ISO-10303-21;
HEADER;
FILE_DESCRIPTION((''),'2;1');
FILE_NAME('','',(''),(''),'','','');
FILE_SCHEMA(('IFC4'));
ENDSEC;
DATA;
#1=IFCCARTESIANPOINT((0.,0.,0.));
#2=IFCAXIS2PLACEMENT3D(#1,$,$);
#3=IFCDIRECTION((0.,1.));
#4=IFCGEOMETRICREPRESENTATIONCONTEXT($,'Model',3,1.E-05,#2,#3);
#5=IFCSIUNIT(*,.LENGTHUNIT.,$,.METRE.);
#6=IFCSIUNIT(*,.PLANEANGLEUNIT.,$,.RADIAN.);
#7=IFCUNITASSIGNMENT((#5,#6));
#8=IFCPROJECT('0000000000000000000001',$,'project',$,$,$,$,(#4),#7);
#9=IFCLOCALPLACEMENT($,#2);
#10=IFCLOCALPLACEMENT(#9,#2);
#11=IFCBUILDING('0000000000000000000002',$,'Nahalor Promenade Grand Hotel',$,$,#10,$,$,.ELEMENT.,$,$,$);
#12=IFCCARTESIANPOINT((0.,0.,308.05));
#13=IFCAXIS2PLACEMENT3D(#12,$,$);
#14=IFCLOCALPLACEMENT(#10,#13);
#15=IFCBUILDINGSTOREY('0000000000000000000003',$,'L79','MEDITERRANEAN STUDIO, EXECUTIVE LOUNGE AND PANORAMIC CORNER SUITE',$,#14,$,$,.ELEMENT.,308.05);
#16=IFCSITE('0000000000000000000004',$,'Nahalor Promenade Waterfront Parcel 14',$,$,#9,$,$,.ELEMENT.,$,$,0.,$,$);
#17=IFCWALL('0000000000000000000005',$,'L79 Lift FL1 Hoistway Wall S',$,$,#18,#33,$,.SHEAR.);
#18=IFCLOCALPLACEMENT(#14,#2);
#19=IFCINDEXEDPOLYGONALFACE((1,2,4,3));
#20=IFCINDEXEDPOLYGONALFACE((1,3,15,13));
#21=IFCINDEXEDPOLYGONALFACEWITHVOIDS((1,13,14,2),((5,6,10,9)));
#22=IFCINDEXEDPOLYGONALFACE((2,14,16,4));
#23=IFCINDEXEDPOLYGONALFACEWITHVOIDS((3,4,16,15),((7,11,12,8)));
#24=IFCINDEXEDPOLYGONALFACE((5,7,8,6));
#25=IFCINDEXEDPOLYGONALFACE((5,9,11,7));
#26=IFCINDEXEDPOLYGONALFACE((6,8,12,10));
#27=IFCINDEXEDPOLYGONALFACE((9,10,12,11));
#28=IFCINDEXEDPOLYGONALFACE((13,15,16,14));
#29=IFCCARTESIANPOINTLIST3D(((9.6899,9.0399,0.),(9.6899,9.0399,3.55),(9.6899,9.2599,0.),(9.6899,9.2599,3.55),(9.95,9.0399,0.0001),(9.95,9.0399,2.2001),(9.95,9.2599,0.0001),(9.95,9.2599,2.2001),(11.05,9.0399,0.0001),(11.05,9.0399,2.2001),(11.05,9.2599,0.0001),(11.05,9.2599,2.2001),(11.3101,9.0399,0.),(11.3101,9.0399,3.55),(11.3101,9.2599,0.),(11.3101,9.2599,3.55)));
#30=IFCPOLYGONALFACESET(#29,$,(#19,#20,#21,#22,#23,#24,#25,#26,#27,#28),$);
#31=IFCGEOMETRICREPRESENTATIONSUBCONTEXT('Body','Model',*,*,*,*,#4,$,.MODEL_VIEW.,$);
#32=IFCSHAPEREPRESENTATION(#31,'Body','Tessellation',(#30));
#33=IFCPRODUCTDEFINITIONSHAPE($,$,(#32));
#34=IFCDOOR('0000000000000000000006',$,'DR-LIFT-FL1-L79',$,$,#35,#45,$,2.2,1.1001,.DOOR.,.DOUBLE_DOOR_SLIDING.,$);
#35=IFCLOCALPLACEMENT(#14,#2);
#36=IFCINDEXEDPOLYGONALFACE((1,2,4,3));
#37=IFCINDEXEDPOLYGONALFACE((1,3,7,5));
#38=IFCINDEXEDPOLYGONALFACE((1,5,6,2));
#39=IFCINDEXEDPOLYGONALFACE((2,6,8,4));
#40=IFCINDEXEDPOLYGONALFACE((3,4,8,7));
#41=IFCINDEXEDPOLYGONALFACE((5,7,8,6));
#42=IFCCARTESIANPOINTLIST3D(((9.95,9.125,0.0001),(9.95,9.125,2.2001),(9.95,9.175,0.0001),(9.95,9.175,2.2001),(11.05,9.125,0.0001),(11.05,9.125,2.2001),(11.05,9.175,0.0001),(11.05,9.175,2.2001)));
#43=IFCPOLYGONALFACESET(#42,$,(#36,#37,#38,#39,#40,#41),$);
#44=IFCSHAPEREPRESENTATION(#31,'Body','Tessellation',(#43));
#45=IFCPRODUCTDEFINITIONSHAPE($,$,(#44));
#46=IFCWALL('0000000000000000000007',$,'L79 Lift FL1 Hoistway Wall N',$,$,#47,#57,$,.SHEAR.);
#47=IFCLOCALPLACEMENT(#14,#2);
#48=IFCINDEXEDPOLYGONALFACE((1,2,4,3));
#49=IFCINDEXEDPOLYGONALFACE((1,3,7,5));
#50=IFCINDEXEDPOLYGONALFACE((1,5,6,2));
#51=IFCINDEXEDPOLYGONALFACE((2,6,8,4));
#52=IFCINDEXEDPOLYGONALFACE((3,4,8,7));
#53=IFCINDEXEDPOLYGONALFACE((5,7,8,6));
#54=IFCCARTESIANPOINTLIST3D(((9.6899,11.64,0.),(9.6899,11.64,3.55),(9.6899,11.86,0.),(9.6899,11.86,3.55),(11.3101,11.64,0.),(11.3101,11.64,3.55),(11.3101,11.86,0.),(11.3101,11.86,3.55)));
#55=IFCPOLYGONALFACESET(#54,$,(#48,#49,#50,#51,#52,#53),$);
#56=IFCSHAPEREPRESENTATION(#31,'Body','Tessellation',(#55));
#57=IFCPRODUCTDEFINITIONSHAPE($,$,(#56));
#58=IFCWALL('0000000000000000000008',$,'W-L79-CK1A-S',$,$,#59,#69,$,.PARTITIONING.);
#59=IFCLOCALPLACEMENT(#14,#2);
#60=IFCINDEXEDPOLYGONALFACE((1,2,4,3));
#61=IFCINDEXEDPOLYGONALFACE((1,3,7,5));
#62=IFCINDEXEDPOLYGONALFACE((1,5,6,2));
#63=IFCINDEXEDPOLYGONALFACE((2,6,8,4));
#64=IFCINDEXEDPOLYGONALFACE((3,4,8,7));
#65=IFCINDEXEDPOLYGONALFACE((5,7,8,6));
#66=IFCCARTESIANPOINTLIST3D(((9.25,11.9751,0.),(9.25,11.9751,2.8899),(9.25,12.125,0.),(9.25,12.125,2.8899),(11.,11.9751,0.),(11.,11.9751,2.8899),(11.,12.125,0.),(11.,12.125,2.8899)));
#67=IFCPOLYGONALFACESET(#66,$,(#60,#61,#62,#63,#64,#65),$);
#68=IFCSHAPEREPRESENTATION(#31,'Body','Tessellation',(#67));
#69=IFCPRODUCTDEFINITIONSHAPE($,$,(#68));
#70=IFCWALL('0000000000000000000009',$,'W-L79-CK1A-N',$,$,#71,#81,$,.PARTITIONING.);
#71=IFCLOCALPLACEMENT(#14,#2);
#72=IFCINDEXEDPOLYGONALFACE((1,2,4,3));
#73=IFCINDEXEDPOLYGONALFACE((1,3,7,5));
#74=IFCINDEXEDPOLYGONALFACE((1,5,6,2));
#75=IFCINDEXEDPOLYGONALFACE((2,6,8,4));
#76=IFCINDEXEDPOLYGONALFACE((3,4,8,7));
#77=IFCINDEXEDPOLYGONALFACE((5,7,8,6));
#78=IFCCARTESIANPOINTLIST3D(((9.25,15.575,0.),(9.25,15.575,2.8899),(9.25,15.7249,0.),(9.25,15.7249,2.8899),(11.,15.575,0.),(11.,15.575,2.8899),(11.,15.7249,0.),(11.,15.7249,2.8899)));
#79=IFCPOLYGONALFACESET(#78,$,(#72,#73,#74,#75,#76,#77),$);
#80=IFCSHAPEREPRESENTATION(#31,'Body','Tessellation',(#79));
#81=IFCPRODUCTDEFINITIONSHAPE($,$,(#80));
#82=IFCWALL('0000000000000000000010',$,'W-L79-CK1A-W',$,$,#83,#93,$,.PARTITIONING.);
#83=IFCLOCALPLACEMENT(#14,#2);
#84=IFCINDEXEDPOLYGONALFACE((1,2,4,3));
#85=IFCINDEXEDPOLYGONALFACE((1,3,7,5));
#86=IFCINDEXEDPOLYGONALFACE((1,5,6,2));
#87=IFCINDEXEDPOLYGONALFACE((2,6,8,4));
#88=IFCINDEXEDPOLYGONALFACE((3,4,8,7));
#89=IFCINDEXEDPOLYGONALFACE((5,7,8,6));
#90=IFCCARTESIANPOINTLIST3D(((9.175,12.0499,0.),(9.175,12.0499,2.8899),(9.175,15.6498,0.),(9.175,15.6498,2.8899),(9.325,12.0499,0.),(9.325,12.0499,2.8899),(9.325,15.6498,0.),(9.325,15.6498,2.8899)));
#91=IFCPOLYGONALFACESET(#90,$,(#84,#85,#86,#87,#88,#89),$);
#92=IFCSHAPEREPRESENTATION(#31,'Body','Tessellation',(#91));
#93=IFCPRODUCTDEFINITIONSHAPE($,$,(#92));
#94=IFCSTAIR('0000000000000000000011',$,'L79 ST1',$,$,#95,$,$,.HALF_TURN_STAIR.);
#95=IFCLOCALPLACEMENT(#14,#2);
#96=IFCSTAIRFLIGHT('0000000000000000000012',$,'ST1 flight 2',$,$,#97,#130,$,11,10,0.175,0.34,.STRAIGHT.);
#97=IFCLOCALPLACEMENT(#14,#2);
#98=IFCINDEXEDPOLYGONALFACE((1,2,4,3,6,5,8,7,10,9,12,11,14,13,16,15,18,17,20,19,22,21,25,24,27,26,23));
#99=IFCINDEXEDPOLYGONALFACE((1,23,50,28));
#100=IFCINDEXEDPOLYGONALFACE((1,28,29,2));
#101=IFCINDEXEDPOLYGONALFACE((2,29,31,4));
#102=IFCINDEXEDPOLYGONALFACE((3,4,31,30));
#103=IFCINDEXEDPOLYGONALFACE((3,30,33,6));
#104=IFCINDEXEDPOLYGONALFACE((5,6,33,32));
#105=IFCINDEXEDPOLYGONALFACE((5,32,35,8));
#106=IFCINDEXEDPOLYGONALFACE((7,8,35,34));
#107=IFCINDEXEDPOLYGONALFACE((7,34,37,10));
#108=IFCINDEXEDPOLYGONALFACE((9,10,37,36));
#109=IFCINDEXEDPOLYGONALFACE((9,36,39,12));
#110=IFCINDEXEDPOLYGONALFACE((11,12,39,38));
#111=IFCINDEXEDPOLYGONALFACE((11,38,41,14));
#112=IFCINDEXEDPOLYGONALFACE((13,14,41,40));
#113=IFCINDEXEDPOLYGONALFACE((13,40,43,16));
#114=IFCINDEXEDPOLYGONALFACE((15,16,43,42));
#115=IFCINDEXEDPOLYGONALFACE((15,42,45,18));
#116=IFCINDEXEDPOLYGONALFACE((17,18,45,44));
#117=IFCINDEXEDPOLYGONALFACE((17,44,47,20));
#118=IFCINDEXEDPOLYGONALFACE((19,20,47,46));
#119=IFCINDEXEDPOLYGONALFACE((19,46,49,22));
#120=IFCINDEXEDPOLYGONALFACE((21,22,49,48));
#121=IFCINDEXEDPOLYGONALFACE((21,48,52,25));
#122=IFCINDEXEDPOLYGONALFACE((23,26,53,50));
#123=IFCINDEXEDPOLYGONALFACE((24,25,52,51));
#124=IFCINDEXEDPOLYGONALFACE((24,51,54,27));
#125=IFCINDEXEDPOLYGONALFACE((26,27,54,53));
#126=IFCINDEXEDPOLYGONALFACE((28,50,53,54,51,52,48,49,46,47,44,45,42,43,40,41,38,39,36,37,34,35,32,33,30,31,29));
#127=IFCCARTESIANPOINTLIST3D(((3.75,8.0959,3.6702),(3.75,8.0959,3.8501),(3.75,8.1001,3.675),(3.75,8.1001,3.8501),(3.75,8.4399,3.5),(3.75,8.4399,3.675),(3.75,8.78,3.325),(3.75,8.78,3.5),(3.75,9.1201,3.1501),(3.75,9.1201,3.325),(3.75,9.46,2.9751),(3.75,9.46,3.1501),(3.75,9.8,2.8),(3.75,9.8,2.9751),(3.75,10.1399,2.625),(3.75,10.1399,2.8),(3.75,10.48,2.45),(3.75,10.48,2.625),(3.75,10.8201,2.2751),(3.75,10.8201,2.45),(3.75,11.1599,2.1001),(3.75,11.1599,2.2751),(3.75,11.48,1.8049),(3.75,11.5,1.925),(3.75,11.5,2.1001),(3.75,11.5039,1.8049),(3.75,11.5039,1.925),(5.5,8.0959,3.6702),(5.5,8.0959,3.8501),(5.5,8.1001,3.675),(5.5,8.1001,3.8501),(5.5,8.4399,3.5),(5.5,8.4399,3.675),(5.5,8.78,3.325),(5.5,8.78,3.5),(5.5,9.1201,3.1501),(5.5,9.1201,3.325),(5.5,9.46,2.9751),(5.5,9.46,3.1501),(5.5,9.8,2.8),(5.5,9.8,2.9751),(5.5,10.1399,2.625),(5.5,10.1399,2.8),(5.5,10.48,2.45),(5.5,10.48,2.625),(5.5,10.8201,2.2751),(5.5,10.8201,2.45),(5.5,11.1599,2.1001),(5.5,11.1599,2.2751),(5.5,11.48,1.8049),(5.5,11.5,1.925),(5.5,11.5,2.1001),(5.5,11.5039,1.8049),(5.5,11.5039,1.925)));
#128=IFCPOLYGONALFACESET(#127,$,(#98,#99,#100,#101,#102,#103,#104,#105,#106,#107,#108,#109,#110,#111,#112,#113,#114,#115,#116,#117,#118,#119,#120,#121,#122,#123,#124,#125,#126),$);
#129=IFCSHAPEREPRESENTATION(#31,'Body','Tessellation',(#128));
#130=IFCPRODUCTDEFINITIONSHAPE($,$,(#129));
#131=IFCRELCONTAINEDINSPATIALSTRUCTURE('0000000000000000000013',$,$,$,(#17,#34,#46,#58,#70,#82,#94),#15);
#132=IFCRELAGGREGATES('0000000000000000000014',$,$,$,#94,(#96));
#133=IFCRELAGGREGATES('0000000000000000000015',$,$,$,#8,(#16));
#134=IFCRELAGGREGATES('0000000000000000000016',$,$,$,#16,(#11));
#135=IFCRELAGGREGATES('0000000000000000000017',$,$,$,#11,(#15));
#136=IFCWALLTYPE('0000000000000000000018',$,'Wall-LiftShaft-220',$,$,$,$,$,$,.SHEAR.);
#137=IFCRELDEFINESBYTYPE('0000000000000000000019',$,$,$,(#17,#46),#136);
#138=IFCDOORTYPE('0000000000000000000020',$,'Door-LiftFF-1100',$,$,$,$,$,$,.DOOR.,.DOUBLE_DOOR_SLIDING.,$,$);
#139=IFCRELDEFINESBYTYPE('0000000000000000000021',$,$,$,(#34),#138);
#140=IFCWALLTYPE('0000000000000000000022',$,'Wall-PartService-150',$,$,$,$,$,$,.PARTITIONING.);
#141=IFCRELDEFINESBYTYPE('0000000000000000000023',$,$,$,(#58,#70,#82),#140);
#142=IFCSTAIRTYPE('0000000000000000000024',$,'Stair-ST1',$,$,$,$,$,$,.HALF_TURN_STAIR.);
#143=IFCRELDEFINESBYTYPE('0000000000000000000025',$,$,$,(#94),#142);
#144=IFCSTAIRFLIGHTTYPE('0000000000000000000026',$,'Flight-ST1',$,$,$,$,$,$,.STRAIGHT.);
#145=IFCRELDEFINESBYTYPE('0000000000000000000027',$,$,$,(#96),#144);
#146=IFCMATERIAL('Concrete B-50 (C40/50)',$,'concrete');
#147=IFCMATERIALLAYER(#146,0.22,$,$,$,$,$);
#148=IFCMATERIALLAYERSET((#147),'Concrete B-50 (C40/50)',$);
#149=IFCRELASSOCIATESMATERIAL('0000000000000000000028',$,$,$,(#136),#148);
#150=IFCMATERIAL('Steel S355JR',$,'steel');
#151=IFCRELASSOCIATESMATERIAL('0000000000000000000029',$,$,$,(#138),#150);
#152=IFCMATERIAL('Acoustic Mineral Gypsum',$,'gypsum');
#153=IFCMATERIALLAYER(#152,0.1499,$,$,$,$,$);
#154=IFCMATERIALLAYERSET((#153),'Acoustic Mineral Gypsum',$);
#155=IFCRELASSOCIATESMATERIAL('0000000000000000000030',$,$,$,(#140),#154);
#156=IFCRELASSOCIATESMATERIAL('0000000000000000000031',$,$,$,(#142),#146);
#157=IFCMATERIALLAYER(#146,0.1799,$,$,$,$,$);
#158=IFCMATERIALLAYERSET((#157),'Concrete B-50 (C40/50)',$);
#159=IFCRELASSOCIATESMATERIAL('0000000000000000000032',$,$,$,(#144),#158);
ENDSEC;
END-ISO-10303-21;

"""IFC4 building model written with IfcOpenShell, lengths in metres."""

from ifc_helpers import new_model, si_unit, direction, frame, frame_2d, origin, place, context, subcontext, project, spatial, polyline, rectangle, outline, extrude, source, transform, mapped, material, layer, layer_set, type_object, element, fill, aggregate, save


model = new_model("IFC4")

# Units and contexts
model_context = context("Model", 3, precision=1e-05, world=origin(), true_north=direction((0.0, 1.0)))
body_context = subcontext(model_context, "Body", "Model", "MODEL_VIEW")
ifc_project = project(units=[si_unit("LENGTHUNIT", "METRE"), si_unit("PLANEANGLEUNIT", "RADIAN")], contexts=[model_context])

# Site, building, storey
site_placement = place(None, origin())
site = spatial("IfcSite", under=ifc_project, at=site_placement, Name="Nahalor Promenade Waterfront Parcel 14", CompositionType="ELEMENT", RefElevation=0.0)
building_placement = place(site_placement, origin())
building = spatial("IfcBuilding", under=site, at=building_placement, Name="Nahalor Promenade Grand Hotel", CompositionType="ELEMENT")
storey_placement = place(building_placement, frame((0.0, 0.0, 308.05)))
storey = spatial("IfcBuildingStorey", under=building, at=storey_placement, Name="L79", Description="MEDITERRANEAN STUDIO, EXECUTIVE LOUNGE AND PANORAMIC CORNER SUITE", CompositionType="ELEMENT", Elevation=308.05)

# Shared definitions
ifc_material_1 = material(Name="Concrete B-50 (C40/50)", Category="concrete")
ifc_material_2 = material(Name="Steel S355JR", Category="steel")

# Shared definitions
ifc_layer_1 = layer(ifc_material_1, 0.22)
ifc_layer_set_1 = layer_set([ifc_layer_1], Name="Concrete B-50 (C40/50)")
wall_type_1 = type_object("IfcWallType", Name="Wall-LiftShaft-220", PredefinedType="SHEAR", material=ifc_layer_set_1)

# Wall, opening, door
shared_shape_1 = source(origin(), body_context, "Body", "SweptSolid", [
    extrude(rectangle(XDim=1.6201, YDim=0.22, at=frame_2d((0.8101, 0.0))), origin(), (0.0, 0.0, 1.0), 3.55),
])
wall_1_placement = place(storey_placement, frame((9.6899, 9.1499, 0.0), z_axis=(0.0, 0.0, 1.0), x_axis=(1.0, 0.0, 0.0)))
wall_1 = element("IfcWall", 1, at=wall_1_placement, inside=storey, type_object=wall_type_1, Name="L79 Lift FL1 Hoistway Wall S", PredefinedType="SHEAR", context=body_context, shape_type="MappedRepresentation", body=[
    mapped(shared_shape_1, transform((0.0, 0.0, 0.0), scale=1.0)),
])
opening_placement = place(wall_1_placement, frame((0.26, 0.0, 0.0)))
opening = element("IfcOpeningElement", 2, at=opening_placement, cuts=wall_1, PredefinedType="OPENING", context=body_context, shape_type="SweptSolid", body=[
    extrude(rectangle(XDim=1.1001, YDim=2.2, at=frame_2d((0.55, 1.1001))), frame((0.0, 0.1199, 0.0), z_axis=(0.0, -1.0, 0.0), x_axis=(1.0, 0.0, 0.0)), (0.0, 0.0, 1.0), 0.24),
])
door_type = type_object("IfcDoorType", Name="Door-LiftFF-1100", OperationType="DOUBLE_DOOR_SLIDING", PredefinedType="DOOR", material=ifc_material_2)
shared_shape_2 = source(origin(), body_context, "Body", "SweptSolid", [
    extrude(rectangle(XDim=1.1001, YDim=2.2, at=frame_2d((0.55, 1.1001))), frame((0.0, 0.0249, 0.0), z_axis=(0.0, -1.0, 0.0), x_axis=(1.0, 0.0, 0.0)), (0.0, 0.0, 1.0), 0.05),
])
door_placement = place(opening_placement, frame((1.1001, 0.0, 0.0), z_axis=(0.0, 0.0, 1.0), x_axis=(-1.0, 0.0, 0.0)))
door = element("IfcDoor", 3, at=door_placement, inside=storey, type_object=door_type, Name="DR-LIFT-FL1-L79", OperationType="DOUBLE_DOOR_SLIDING", OverallHeight=2.2, OverallWidth=1.1001, PredefinedType="DOOR", context=body_context, shape_type="MappedRepresentation", body=[
    mapped(shared_shape_2, transform((0.0, 0.0, 0.0), scale=1.0)),
])
fill(opening, door)

# Walls
wall_2_placement = place(storey_placement, frame((9.6899, 11.75, 0.0), z_axis=(0.0, 0.0, 1.0), x_axis=(1.0, 0.0, 0.0)))
element("IfcWall", 4, at=wall_2_placement, inside=storey, type_object=wall_type_1, Name="L79 Lift FL1 Hoistway Wall N", PredefinedType="SHEAR", context=body_context, shape_type="MappedRepresentation", body=[
    mapped(shared_shape_1, transform((0.0, 0.0, 0.0), scale=1.0)),
])
ifc_material_3 = material(Name="Acoustic Mineral Gypsum", Category="gypsum")
ifc_layer_2 = layer(ifc_material_3, 0.1499)
ifc_layer_set_2 = layer_set([ifc_layer_2], Name="Acoustic Mineral Gypsum")
wall_type_2 = type_object("IfcWallType", Name="Wall-PartService-150", PredefinedType="PARTITIONING", material=ifc_layer_set_2)
shared_shape_3 = source(origin(), body_context, "Body", "SweptSolid", [
    extrude(rectangle(XDim=1.75, YDim=0.1499, at=frame_2d((0.875, 0.0))), origin(), (0.0, 0.0, 1.0), 2.8899),
])
for number, where, z_axis, x_axis, name in (
    (5, (9.25, 12.05, 0.0), (0.0, 0.0, 1.0), (1.0, 0.0, 0.0), "W-L79-CK1A-S"),
    (6, (9.25, 15.6499, 0.0), (0.0, 0.0, 1.0), (1.0, 0.0, 0.0), "W-L79-CK1A-N"),
):
    element("IfcWall", number, at=place(storey_placement, frame(where, z_axis=z_axis, x_axis=x_axis)), inside=storey, type_object=wall_type_2, Name=name, PredefinedType="PARTITIONING", context=body_context, shape_type="MappedRepresentation", body=[
        mapped(shared_shape_3, transform((0.0, 0.0, 0.0), scale=1.0)),
    ])
shared_shape_4 = source(origin(), body_context, "Body", "SweptSolid", [
    extrude(rectangle(XDim=3.5999, YDim=0.1499, at=frame_2d((1.7998, 0.0))), origin(), (0.0, 0.0, 1.0), 2.8899),
])
wall_3_placement = place(storey_placement, frame((9.25, 12.05, 0.0), z_axis=(0.0, 0.0, 1.0), x_axis=(0.0, 1.0, 0.0)))
element("IfcWall", 7, at=wall_3_placement, inside=storey, type_object=wall_type_2, Name="W-L79-CK1A-W", PredefinedType="PARTITIONING", context=body_context, shape_type="MappedRepresentation", body=[
    mapped(shared_shape_4, transform((0.0, 0.0, 0.0), scale=1.0)),
])

# Stair, stair flight
stair_type = type_object("IfcStairType", Name="Stair-ST1", PredefinedType="HALF_TURN_STAIR", material=ifc_material_1)
stair_placement = place(storey_placement, origin())
stair = element("IfcStair", 8, at=stair_placement, inside=storey, type_object=stair_type, Name="L79 ST1", PredefinedType="HALF_TURN_STAIR")
ifc_layer_3 = layer(ifc_material_1, 0.1799)
ifc_layer_set_3 = layer_set([ifc_layer_3], Name="Concrete B-50 (C40/50)")
stair_flight_type = type_object("IfcStairFlightType", Name="Flight-ST1", PredefinedType="STRAIGHT", material=ifc_layer_set_3)
shared_shape_5 = source(origin(), body_context, "Body", "SweptSolid", [
    extrude(outline(polyline([(-0.0039, -0.1201), (-0.0039, 0.0), (0.0, 0.0), (0.0, 0.175), (0.3401, 0.175), (0.3401, 0.3501), (0.6799, 0.3501), (0.6799, 0.5249), (1.02, 0.5249), (1.02, 0.7), (1.3601, 0.7), (1.3601, 0.875), (1.7, 0.875), (1.7, 1.05), (2.04, 1.05), (2.04, 1.2251), (2.3799, 1.2251), (2.3799, 1.3999), (2.72, 1.3999), (2.72, 1.575), (3.0601, 1.575), (3.0601, 1.75), (3.3999, 1.75), (3.3999, 1.925), (3.4041, 1.925), (3.4041, 1.7451), (0.02, -0.1201), (-0.0039, -0.1201)])), frame((0.0, 0.875, 0.0), z_axis=(0.0, -1.0, 0.0), x_axis=(1.0, 0.0, 0.0)), (0.0, 0.0, 1.0), 1.75),
])
stair_flight_placement = place(storey_placement, frame((4.625, 11.5, 1.925), z_axis=(0.0, 0.0, 1.0), x_axis=(0.0, -1.0, 0.0)))
stair_flight = element("IfcStairFlight", 9, at=stair_flight_placement, type_object=stair_flight_type, Name="ST1 flight 2", NumberOfRisers=11, NumberOfTreads=10, PredefinedType="STRAIGHT", RiserHeight=0.175, TreadLength=0.34, context=body_context, shape_type="MappedRepresentation", body=[
    mapped(shared_shape_5, transform((0.0, 0.0, 0.0), scale=1.0)),
])
aggregate(stair, [stair_flight])

save(model, "model.ifc")
